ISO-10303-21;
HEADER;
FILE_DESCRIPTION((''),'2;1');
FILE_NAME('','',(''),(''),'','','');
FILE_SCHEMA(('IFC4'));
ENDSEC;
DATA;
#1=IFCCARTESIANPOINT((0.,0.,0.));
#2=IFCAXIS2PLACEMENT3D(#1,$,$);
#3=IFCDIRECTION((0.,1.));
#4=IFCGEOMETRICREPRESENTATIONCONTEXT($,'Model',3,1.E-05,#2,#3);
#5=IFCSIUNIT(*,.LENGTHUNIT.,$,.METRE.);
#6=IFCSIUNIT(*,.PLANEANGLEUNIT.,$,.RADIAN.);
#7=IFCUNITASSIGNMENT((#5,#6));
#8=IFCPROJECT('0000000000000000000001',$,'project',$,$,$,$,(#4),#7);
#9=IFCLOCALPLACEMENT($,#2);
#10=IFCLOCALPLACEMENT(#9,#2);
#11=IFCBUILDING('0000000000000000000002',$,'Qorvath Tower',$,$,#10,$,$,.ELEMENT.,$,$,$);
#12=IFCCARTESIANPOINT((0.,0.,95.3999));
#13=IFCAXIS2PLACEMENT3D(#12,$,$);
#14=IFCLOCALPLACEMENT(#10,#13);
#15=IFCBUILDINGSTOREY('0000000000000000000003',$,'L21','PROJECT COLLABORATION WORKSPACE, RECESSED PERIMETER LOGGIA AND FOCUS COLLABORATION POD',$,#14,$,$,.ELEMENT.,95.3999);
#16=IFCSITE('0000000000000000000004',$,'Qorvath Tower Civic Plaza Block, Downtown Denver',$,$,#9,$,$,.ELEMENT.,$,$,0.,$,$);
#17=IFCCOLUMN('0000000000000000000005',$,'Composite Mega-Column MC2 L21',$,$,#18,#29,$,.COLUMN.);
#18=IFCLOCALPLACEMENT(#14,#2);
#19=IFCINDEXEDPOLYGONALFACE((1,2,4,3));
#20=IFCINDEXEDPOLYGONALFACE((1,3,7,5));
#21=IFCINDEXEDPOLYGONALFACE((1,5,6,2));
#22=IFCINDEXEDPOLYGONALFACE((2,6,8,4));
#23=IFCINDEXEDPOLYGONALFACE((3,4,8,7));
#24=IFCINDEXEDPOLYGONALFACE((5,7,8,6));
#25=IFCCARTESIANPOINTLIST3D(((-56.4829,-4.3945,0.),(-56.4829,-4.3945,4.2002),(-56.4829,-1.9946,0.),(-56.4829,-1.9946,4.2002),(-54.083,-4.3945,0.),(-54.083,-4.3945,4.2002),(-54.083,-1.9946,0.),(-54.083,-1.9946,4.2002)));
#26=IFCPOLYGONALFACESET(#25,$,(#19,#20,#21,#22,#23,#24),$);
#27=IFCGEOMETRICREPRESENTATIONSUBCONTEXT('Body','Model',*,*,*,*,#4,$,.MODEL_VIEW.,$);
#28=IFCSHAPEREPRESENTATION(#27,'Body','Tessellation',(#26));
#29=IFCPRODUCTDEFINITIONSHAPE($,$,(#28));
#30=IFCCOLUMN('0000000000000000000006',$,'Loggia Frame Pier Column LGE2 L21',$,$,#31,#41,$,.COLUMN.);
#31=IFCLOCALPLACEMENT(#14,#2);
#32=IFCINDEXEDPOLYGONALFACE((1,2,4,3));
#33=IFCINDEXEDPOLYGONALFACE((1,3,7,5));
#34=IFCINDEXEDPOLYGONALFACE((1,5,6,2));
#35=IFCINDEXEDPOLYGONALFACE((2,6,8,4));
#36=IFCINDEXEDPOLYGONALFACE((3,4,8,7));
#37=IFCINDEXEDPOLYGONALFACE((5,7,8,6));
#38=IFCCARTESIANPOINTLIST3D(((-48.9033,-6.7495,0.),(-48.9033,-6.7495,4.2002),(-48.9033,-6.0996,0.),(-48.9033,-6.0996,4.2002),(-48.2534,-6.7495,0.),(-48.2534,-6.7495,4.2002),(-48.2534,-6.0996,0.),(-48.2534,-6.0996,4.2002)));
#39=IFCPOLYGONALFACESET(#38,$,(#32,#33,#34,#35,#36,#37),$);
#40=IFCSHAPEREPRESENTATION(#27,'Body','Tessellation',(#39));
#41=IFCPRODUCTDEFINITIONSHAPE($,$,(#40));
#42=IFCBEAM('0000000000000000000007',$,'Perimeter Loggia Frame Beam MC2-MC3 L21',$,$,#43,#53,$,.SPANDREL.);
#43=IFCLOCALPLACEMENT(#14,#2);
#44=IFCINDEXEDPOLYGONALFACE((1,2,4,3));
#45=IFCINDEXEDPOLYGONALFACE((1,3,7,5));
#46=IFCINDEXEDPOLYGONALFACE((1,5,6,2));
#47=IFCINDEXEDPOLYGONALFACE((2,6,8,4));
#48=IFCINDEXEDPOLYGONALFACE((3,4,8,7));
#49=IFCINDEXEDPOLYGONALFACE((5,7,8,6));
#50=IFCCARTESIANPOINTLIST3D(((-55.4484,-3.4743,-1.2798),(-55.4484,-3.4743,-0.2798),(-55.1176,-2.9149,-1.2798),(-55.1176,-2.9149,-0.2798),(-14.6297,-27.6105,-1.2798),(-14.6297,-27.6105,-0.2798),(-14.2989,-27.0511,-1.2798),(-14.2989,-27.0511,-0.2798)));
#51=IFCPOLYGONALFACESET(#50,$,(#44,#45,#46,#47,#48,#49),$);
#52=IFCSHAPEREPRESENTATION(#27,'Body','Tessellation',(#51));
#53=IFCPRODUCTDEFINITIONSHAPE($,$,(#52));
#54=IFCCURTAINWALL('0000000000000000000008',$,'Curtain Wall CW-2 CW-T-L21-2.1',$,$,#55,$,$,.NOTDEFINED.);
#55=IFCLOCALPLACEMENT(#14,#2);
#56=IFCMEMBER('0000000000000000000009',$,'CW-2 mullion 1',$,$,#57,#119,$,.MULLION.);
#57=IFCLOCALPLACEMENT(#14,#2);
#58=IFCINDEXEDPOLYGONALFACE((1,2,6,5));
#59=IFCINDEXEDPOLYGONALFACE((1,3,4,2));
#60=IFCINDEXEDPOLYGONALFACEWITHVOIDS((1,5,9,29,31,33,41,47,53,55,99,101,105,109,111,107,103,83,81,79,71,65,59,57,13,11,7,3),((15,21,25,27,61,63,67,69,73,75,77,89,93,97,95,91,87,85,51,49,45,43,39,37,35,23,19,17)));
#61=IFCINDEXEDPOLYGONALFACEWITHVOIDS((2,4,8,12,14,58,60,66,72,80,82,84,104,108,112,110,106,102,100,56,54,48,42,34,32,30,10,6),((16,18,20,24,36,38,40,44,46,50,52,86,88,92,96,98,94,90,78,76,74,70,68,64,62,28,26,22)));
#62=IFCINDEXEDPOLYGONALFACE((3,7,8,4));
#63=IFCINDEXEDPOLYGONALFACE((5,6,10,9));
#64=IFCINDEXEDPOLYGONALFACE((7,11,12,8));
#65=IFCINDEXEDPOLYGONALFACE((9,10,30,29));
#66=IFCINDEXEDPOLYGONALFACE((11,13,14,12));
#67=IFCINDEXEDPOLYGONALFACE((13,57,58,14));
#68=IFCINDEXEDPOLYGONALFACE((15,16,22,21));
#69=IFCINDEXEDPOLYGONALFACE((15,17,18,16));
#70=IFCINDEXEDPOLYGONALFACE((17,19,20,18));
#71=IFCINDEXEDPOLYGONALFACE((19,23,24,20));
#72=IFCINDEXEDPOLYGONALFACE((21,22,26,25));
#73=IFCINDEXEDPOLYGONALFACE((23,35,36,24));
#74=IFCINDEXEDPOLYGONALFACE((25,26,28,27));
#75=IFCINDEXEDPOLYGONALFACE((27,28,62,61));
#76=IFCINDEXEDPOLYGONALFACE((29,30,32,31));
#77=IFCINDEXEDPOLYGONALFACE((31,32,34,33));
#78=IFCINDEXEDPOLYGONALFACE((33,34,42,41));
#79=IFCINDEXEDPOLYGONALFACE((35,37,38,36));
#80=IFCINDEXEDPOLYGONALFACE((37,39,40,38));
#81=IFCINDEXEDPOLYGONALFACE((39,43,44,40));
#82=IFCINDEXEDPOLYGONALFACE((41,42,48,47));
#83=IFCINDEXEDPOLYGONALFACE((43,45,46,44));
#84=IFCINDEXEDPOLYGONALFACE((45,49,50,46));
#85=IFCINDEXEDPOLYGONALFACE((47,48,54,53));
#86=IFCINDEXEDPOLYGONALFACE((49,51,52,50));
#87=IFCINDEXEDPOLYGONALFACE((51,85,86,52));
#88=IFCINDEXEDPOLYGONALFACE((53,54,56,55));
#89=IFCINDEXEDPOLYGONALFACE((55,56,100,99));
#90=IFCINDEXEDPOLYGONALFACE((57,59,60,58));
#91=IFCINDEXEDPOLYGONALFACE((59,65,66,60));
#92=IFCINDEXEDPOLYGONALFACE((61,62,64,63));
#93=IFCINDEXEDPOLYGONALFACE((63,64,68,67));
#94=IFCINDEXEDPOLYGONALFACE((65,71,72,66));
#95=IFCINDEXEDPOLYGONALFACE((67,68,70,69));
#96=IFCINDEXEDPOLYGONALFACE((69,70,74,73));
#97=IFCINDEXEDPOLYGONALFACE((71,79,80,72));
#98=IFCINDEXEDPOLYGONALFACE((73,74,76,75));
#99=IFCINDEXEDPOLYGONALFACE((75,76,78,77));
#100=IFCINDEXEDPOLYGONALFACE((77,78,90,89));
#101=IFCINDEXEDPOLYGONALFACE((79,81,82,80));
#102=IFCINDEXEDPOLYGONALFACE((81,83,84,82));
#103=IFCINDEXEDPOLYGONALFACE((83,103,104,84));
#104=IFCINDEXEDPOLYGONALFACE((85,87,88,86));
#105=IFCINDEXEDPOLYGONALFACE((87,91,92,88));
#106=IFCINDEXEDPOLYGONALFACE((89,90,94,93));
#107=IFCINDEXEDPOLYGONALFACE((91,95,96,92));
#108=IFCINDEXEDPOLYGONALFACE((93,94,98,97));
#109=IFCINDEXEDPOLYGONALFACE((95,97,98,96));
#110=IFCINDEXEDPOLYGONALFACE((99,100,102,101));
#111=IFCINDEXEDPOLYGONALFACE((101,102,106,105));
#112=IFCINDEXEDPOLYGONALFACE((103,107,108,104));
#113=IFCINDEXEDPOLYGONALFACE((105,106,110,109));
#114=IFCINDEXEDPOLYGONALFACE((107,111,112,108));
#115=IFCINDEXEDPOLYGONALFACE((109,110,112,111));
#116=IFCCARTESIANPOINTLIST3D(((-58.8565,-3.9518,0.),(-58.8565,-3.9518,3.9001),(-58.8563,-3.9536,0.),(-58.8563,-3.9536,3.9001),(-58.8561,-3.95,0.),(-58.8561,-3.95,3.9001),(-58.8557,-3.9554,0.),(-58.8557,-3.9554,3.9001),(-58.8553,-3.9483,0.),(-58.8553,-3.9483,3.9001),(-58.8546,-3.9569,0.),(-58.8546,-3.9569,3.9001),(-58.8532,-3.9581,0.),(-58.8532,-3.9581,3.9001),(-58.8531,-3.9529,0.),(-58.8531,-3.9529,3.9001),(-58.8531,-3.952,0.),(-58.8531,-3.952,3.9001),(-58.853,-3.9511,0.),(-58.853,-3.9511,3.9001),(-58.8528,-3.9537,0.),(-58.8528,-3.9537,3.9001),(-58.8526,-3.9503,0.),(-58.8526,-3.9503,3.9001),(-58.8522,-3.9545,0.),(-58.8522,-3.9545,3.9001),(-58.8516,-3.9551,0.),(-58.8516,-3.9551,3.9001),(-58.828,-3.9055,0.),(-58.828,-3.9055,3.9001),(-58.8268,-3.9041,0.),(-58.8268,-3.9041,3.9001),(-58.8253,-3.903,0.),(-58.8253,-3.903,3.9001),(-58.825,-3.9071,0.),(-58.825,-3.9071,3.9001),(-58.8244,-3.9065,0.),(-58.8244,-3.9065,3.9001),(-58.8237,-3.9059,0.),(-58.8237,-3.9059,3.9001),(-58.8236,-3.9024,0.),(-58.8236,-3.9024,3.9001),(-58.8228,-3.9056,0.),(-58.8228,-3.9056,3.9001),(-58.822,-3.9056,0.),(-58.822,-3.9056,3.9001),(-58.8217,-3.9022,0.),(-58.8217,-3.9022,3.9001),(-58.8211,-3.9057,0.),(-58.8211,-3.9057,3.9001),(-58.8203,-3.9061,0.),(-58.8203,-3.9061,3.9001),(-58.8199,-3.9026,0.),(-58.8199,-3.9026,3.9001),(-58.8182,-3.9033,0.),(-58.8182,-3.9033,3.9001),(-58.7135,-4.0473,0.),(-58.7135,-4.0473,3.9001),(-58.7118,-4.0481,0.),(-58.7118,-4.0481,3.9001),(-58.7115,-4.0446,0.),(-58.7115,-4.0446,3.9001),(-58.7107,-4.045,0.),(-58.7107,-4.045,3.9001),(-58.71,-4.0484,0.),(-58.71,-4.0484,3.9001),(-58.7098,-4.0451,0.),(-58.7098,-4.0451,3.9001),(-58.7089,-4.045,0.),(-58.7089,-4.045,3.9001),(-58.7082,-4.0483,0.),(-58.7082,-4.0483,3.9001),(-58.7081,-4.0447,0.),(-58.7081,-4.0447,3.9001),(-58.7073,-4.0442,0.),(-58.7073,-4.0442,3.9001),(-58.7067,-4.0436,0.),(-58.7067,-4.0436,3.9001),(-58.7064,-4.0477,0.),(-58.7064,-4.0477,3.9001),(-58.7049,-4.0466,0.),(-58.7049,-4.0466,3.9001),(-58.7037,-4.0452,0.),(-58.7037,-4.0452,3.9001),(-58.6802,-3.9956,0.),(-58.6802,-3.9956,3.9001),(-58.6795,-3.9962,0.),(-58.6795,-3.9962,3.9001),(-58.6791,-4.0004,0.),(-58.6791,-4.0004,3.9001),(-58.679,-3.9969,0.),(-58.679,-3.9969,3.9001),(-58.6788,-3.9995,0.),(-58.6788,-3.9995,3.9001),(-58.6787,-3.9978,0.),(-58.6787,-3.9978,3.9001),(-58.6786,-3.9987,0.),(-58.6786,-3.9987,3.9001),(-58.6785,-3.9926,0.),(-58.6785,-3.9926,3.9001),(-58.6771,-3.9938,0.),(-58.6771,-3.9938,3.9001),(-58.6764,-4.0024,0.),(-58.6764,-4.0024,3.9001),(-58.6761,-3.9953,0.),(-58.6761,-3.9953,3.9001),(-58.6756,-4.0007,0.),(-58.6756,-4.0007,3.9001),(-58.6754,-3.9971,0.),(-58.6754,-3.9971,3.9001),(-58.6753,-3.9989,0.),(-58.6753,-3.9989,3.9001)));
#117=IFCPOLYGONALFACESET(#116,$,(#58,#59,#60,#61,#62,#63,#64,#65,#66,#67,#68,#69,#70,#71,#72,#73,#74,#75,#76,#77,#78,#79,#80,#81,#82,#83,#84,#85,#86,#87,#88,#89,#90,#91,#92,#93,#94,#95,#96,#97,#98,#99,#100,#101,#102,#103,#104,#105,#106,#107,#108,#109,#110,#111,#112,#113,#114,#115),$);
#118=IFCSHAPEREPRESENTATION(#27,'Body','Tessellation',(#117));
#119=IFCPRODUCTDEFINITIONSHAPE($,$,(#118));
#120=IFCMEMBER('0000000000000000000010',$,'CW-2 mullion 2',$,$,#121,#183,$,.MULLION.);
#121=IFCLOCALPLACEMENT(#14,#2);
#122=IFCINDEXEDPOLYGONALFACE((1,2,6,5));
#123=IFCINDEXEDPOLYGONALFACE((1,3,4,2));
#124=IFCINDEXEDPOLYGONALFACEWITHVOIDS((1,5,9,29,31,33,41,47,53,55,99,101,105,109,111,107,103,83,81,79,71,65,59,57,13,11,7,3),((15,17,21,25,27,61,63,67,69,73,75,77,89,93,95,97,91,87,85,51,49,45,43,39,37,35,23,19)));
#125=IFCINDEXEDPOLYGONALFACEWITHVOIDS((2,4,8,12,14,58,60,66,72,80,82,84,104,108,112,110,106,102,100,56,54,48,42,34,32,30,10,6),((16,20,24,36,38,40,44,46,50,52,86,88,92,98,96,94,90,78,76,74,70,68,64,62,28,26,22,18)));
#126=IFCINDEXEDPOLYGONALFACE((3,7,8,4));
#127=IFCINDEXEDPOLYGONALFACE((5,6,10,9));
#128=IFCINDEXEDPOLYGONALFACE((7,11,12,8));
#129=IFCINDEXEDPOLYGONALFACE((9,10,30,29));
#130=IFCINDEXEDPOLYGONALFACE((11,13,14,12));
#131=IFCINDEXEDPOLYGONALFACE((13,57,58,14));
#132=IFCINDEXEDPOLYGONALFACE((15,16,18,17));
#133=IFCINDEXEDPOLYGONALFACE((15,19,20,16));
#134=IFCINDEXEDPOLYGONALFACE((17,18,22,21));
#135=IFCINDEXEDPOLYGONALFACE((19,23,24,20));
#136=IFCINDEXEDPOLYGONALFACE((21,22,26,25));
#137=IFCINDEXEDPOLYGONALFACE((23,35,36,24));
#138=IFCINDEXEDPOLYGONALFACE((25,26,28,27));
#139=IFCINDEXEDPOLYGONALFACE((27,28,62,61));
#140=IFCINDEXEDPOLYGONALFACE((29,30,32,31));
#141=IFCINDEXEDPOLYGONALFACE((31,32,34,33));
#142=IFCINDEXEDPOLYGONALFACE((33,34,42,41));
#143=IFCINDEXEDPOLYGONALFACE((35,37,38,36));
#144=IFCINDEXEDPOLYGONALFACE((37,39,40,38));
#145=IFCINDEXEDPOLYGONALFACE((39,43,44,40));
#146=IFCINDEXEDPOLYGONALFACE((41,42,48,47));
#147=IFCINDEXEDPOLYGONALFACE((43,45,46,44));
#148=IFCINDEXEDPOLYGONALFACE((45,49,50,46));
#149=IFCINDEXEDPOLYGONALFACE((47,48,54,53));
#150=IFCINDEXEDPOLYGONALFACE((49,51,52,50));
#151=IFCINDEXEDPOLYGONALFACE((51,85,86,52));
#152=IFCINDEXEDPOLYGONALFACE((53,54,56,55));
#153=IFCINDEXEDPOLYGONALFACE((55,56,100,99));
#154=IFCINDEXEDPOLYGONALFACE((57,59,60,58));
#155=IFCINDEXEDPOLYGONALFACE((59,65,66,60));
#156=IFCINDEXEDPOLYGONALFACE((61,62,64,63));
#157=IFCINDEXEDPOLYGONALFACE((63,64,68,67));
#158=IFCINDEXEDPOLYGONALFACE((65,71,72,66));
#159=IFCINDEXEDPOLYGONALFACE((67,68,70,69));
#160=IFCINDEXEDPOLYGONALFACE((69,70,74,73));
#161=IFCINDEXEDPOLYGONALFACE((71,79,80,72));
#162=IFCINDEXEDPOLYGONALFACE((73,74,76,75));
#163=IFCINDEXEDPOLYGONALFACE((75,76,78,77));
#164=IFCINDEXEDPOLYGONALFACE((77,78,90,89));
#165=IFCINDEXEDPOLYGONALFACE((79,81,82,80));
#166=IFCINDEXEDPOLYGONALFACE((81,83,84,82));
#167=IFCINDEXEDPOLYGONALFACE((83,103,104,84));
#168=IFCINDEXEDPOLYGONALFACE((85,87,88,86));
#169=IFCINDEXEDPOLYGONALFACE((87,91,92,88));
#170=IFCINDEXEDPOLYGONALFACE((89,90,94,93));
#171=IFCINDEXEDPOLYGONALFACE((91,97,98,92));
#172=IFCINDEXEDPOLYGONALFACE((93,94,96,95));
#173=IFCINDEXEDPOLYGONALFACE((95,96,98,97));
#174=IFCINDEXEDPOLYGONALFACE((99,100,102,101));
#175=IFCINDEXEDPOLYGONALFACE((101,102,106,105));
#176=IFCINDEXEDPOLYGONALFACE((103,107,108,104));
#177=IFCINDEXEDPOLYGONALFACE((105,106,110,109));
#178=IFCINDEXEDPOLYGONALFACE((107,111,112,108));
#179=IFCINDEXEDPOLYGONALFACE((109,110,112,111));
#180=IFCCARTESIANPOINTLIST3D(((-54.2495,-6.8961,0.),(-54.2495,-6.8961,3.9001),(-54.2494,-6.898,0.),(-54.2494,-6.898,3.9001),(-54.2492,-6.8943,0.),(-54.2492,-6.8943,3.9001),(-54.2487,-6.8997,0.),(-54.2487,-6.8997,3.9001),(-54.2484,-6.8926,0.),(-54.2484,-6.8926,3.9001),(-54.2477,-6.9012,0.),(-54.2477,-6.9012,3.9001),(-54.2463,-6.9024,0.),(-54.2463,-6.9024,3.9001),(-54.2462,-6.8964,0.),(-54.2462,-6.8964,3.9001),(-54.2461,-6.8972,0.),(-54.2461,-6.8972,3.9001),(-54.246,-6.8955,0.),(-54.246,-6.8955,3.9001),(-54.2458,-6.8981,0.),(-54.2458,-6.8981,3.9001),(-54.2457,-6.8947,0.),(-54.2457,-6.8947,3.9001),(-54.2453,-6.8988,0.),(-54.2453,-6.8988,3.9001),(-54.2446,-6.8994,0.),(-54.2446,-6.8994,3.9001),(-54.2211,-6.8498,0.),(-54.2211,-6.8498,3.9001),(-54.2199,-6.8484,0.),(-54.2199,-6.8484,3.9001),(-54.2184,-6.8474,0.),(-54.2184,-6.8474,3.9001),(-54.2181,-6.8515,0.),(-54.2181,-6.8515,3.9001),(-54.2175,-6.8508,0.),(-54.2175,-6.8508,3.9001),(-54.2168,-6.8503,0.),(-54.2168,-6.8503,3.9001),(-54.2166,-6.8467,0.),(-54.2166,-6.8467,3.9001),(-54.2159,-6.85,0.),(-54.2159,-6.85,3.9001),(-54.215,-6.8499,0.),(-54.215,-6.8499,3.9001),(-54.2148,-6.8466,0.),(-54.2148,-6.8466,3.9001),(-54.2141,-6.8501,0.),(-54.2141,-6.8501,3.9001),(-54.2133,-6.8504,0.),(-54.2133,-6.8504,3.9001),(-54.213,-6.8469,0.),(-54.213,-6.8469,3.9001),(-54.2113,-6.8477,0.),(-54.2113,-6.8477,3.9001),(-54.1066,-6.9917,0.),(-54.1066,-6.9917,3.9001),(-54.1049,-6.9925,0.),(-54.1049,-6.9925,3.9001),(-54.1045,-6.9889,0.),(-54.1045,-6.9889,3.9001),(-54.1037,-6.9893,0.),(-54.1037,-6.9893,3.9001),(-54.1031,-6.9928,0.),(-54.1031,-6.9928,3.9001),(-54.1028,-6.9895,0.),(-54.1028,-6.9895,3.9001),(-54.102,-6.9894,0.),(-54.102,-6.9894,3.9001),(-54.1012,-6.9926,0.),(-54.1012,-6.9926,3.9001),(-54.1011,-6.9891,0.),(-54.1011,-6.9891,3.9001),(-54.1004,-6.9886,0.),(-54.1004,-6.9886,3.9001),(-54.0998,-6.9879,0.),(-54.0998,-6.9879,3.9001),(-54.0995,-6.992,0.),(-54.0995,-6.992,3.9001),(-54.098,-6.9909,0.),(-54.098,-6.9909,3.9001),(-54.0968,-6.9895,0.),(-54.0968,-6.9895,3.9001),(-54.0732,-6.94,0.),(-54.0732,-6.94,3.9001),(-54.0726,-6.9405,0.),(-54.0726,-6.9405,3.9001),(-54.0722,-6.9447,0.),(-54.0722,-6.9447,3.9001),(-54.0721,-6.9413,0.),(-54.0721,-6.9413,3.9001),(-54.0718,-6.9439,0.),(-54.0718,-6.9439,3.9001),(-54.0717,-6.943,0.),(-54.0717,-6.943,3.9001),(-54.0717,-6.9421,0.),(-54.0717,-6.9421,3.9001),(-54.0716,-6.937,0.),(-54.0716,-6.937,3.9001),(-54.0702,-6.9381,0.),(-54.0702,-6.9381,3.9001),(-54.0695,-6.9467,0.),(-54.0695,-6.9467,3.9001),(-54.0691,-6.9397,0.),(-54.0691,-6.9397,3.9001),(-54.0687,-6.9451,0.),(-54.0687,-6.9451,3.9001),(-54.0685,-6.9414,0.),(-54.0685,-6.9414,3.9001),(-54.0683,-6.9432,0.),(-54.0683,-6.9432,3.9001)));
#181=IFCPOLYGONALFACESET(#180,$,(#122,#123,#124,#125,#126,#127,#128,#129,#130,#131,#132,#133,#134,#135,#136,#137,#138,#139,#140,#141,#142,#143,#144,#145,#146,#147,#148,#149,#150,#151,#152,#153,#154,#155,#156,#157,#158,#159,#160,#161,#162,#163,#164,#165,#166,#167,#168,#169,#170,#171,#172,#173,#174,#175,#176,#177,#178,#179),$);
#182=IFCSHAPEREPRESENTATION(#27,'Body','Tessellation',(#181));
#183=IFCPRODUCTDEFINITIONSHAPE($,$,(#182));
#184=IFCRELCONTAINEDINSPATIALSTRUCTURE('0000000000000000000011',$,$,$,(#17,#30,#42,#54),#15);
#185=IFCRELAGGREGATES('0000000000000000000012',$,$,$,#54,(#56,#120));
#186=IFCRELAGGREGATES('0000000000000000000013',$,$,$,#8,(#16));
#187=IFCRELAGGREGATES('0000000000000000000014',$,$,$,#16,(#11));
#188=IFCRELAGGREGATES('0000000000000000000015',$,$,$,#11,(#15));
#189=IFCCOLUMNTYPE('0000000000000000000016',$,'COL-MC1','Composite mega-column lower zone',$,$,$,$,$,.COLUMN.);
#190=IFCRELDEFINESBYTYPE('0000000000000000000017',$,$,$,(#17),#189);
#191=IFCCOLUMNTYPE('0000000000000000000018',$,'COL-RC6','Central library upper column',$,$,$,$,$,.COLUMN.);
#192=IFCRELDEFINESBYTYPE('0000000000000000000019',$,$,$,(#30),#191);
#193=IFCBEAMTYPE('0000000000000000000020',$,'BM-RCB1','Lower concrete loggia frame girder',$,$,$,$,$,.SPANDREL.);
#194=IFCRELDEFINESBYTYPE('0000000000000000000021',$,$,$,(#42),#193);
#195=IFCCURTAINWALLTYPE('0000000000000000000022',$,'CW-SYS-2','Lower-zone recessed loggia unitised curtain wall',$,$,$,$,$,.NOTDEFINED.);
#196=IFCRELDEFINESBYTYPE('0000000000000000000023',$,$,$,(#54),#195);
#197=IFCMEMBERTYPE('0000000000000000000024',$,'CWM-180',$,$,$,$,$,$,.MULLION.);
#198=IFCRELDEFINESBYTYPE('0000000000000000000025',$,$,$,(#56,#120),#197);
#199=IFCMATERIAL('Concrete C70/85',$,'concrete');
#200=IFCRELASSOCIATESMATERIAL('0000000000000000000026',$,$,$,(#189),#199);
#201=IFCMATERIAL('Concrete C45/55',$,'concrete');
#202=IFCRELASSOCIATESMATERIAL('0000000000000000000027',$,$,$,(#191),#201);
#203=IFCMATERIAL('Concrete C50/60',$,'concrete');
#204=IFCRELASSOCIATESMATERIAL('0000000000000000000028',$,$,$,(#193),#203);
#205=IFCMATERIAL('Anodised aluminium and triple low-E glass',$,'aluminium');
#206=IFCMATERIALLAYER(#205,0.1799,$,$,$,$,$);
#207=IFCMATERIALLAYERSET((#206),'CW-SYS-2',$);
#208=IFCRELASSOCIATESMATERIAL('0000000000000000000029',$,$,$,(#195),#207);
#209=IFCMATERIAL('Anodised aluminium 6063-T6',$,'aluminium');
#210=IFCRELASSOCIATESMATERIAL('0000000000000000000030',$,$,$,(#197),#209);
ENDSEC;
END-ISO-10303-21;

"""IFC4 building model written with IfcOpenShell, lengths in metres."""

from ifc_helpers import new_model, si_unit, direction, frame, origin, origin_2d, place, context, subcontext, project, spatial, rectangle, hollow_rectangle, extrude, material, layer, layer_set, material_profile, profile_set, type_object, element, aggregate, save


model = new_model("IFC4")

# Units and contexts
model_context = context("Model", 3, precision=1e-05, world=origin(), true_north=direction((0.0, 1.0)))
body_context = subcontext(model_context, "Body", "Model", "MODEL_VIEW")
ifc_project = project(units=[si_unit("LENGTHUNIT", "METRE"), si_unit("PLANEANGLEUNIT", "RADIAN")], contexts=[model_context])

# Site, building, storey
site_placement = place(None, origin())
site = spatial("IfcSite", under=ifc_project, at=site_placement, Name="Qorvath Tower Civic Plaza Block, Downtown Denver", CompositionType="ELEMENT", RefElevation=0.0)
building_placement = place(site_placement, origin())
building = spatial("IfcBuilding", under=site, at=building_placement, Name="Qorvath Tower", CompositionType="ELEMENT")
storey_placement = place(building_placement, frame((0.0, 0.0, 95.3999)))
storey = spatial("IfcBuildingStorey", under=building, at=storey_placement, Name="L21", Description="PROJECT COLLABORATION WORKSPACE, RECESSED PERIMETER LOGGIA AND FOCUS COLLABORATION POD", CompositionType="ELEMENT", Elevation=95.3999)

# Columns
ifc_material_1 = material(Name="Concrete C70/85", Category="concrete")
ifc_material_profile_1 = material_profile(ifc_material_1, rectangle(XDim=2.3999, YDim=2.3999, at=origin_2d()), Name="MC 2400x2400")
ifc_profile_set_1 = profile_set([ifc_material_profile_1], Name="Concrete C70/85")
column_type_1 = type_object("IfcColumnType", Name="COL-MC1", Description="Composite mega-column lower zone", PredefinedType="COLUMN", material=ifc_profile_set_1)
column_1_placement = place(storey_placement, frame((-55.283, -3.1946, 0.0), z_axis=(0.0, 0.0, 1.0), x_axis=(1.0, 0.0, 0.0)))
element("IfcColumn", 1, at=column_1_placement, inside=storey, type_object=column_type_1, Name="Composite Mega-Column MC2 L21", PredefinedType="COLUMN", context=body_context, shape_type="SweptSolid", body=[
    extrude(rectangle(XDim=2.3999, YDim=2.3999, at=origin_2d()), origin(), (0.0, 0.0, 1.0), 4.2002),
])
ifc_material_2 = material(Name="Concrete C45/55", Category="concrete")
ifc_material_profile_2 = material_profile(ifc_material_2, rectangle(XDim=0.6499, YDim=0.6499, at=origin_2d()), Name="RC 650x650")
ifc_profile_set_2 = profile_set([ifc_material_profile_2], Name="Concrete C45/55")
column_type_2 = type_object("IfcColumnType", Name="COL-RC6", Description="Central library upper column", PredefinedType="COLUMN", material=ifc_profile_set_2)
column_2_placement = place(storey_placement, frame((-48.5784, -6.4246, 0.0), z_axis=(0.0, 0.0, 1.0), x_axis=(1.0, 0.0, 0.0)))
element("IfcColumn", 2, at=column_2_placement, inside=storey, type_object=column_type_2, Name="Loggia Frame Pier Column LGE2 L21", PredefinedType="COLUMN", context=body_context, shape_type="SweptSolid", body=[
    extrude(rectangle(XDim=0.6499, YDim=0.6499, at=origin_2d()), origin(), (0.0, 0.0, 1.0), 4.2002),
])

# Beam
ifc_material_3 = material(Name="Concrete C50/60", Category="concrete")
ifc_material_profile_3 = material_profile(ifc_material_3, rectangle(XDim=0.6499, YDim=1.0, at=origin_2d()), Name="RCB 1000x650")
ifc_profile_set_3 = profile_set([ifc_material_profile_3], Name="Concrete C50/60")
beam_type = type_object("IfcBeamType", Name="BM-RCB1", Description="Lower concrete loggia frame girder", PredefinedType="SPANDREL", material=ifc_profile_set_3)
beam_placement = place(storey_placement, frame((-55.283, -3.1946, -0.7798), z_axis=(0.860777, -0.508982, 0.0), x_axis=(0.508982, 0.860777, 0.0)))
element("IfcBeam", 3, at=beam_placement, inside=storey, type_object=beam_type, Name="Perimeter Loggia Frame Beam MC2-MC3 L21", PredefinedType="SPANDREL", context=body_context, shape_type="SweptSolid", body=[
    extrude(rectangle(XDim=0.6499, YDim=1.0, at=origin_2d()), origin(), (0.0, 0.0, 1.0), 47.4207),
])

# Curtain wall, members
ifc_material_4 = material(Name="Anodised aluminium and triple low-E glass", Category="aluminium")
ifc_layer_1 = layer(ifc_material_4, 0.1799)
ifc_layer_set_1 = layer_set([ifc_layer_1], Name="CW-SYS-2")
curtain_wall_type = type_object("IfcCurtainWallType", Name="CW-SYS-2", Description="Lower-zone recessed loggia unitised curtain wall", PredefinedType="NOTDEFINED", material=ifc_layer_set_1)
curtain_wall_placement = place(storey_placement, origin())
curtain_wall = element("IfcCurtainWall", 4, at=curtain_wall_placement, inside=storey, type_object=curtain_wall_type, Name="Curtain Wall CW-2 CW-T-L21-2.1", PredefinedType="NOTDEFINED")
ifc_material_5 = material(Name="Anodised aluminium 6063-T6", Category="aluminium")
ifc_material_profile_4 = material_profile(ifc_material_5, hollow_rectangle(XDim=0.0649, YDim=0.1799, WallThickness=0.0034, InnerFilletRadius=0.0034, OuterFilletRadius=0.0071, at=origin_2d()), Name="CWM 180x65")
ifc_profile_set_4 = profile_set([ifc_material_profile_4], Name="Anodised aluminium 6063-T6")
member_type_1 = type_object("IfcMemberType", Name="CWM-180", PredefinedType="MULLION", material=ifc_profile_set_4)
member_1_placement = place(storey_placement, frame((-58.7659, -3.9753, 0.0), z_axis=(0.0, 0.0, 1.0), x_axis=(0.538529, 0.842607, 0.0)))
member_1 = element("IfcMember", 5, at=member_1_placement, type_object=member_type_1, Name="CW-2 mullion 1", PredefinedType="MULLION", context=body_context, shape_type="SweptSolid", body=[
    extrude(hollow_rectangle(XDim=0.0649, YDim=0.1799, WallThickness=0.0034, InnerFilletRadius=0.0034, OuterFilletRadius=0.0071, at=origin_2d()), origin(), (0.0, 0.0, 1.0), 3.9001),
])
member_2_placement = place(storey_placement, frame((-54.1589, -6.9197, 0.0), z_axis=(0.0, 0.0, 1.0), x_axis=(0.538529, 0.842607, 0.0)))
member_2 = element("IfcMember", 6, at=member_2_placement, type_object=member_type_1, Name="CW-2 mullion 2", PredefinedType="MULLION", context=body_context, shape_type="SweptSolid", body=[
    extrude(hollow_rectangle(XDim=0.0649, YDim=0.1799, WallThickness=0.0034, InnerFilletRadius=0.0034, OuterFilletRadius=0.0071, at=origin_2d()), origin(), (0.0, 0.0, 1.0), 3.9001),
])
aggregate(curtain_wall, [member_1, member_2])

save(model, "model.ifc")
